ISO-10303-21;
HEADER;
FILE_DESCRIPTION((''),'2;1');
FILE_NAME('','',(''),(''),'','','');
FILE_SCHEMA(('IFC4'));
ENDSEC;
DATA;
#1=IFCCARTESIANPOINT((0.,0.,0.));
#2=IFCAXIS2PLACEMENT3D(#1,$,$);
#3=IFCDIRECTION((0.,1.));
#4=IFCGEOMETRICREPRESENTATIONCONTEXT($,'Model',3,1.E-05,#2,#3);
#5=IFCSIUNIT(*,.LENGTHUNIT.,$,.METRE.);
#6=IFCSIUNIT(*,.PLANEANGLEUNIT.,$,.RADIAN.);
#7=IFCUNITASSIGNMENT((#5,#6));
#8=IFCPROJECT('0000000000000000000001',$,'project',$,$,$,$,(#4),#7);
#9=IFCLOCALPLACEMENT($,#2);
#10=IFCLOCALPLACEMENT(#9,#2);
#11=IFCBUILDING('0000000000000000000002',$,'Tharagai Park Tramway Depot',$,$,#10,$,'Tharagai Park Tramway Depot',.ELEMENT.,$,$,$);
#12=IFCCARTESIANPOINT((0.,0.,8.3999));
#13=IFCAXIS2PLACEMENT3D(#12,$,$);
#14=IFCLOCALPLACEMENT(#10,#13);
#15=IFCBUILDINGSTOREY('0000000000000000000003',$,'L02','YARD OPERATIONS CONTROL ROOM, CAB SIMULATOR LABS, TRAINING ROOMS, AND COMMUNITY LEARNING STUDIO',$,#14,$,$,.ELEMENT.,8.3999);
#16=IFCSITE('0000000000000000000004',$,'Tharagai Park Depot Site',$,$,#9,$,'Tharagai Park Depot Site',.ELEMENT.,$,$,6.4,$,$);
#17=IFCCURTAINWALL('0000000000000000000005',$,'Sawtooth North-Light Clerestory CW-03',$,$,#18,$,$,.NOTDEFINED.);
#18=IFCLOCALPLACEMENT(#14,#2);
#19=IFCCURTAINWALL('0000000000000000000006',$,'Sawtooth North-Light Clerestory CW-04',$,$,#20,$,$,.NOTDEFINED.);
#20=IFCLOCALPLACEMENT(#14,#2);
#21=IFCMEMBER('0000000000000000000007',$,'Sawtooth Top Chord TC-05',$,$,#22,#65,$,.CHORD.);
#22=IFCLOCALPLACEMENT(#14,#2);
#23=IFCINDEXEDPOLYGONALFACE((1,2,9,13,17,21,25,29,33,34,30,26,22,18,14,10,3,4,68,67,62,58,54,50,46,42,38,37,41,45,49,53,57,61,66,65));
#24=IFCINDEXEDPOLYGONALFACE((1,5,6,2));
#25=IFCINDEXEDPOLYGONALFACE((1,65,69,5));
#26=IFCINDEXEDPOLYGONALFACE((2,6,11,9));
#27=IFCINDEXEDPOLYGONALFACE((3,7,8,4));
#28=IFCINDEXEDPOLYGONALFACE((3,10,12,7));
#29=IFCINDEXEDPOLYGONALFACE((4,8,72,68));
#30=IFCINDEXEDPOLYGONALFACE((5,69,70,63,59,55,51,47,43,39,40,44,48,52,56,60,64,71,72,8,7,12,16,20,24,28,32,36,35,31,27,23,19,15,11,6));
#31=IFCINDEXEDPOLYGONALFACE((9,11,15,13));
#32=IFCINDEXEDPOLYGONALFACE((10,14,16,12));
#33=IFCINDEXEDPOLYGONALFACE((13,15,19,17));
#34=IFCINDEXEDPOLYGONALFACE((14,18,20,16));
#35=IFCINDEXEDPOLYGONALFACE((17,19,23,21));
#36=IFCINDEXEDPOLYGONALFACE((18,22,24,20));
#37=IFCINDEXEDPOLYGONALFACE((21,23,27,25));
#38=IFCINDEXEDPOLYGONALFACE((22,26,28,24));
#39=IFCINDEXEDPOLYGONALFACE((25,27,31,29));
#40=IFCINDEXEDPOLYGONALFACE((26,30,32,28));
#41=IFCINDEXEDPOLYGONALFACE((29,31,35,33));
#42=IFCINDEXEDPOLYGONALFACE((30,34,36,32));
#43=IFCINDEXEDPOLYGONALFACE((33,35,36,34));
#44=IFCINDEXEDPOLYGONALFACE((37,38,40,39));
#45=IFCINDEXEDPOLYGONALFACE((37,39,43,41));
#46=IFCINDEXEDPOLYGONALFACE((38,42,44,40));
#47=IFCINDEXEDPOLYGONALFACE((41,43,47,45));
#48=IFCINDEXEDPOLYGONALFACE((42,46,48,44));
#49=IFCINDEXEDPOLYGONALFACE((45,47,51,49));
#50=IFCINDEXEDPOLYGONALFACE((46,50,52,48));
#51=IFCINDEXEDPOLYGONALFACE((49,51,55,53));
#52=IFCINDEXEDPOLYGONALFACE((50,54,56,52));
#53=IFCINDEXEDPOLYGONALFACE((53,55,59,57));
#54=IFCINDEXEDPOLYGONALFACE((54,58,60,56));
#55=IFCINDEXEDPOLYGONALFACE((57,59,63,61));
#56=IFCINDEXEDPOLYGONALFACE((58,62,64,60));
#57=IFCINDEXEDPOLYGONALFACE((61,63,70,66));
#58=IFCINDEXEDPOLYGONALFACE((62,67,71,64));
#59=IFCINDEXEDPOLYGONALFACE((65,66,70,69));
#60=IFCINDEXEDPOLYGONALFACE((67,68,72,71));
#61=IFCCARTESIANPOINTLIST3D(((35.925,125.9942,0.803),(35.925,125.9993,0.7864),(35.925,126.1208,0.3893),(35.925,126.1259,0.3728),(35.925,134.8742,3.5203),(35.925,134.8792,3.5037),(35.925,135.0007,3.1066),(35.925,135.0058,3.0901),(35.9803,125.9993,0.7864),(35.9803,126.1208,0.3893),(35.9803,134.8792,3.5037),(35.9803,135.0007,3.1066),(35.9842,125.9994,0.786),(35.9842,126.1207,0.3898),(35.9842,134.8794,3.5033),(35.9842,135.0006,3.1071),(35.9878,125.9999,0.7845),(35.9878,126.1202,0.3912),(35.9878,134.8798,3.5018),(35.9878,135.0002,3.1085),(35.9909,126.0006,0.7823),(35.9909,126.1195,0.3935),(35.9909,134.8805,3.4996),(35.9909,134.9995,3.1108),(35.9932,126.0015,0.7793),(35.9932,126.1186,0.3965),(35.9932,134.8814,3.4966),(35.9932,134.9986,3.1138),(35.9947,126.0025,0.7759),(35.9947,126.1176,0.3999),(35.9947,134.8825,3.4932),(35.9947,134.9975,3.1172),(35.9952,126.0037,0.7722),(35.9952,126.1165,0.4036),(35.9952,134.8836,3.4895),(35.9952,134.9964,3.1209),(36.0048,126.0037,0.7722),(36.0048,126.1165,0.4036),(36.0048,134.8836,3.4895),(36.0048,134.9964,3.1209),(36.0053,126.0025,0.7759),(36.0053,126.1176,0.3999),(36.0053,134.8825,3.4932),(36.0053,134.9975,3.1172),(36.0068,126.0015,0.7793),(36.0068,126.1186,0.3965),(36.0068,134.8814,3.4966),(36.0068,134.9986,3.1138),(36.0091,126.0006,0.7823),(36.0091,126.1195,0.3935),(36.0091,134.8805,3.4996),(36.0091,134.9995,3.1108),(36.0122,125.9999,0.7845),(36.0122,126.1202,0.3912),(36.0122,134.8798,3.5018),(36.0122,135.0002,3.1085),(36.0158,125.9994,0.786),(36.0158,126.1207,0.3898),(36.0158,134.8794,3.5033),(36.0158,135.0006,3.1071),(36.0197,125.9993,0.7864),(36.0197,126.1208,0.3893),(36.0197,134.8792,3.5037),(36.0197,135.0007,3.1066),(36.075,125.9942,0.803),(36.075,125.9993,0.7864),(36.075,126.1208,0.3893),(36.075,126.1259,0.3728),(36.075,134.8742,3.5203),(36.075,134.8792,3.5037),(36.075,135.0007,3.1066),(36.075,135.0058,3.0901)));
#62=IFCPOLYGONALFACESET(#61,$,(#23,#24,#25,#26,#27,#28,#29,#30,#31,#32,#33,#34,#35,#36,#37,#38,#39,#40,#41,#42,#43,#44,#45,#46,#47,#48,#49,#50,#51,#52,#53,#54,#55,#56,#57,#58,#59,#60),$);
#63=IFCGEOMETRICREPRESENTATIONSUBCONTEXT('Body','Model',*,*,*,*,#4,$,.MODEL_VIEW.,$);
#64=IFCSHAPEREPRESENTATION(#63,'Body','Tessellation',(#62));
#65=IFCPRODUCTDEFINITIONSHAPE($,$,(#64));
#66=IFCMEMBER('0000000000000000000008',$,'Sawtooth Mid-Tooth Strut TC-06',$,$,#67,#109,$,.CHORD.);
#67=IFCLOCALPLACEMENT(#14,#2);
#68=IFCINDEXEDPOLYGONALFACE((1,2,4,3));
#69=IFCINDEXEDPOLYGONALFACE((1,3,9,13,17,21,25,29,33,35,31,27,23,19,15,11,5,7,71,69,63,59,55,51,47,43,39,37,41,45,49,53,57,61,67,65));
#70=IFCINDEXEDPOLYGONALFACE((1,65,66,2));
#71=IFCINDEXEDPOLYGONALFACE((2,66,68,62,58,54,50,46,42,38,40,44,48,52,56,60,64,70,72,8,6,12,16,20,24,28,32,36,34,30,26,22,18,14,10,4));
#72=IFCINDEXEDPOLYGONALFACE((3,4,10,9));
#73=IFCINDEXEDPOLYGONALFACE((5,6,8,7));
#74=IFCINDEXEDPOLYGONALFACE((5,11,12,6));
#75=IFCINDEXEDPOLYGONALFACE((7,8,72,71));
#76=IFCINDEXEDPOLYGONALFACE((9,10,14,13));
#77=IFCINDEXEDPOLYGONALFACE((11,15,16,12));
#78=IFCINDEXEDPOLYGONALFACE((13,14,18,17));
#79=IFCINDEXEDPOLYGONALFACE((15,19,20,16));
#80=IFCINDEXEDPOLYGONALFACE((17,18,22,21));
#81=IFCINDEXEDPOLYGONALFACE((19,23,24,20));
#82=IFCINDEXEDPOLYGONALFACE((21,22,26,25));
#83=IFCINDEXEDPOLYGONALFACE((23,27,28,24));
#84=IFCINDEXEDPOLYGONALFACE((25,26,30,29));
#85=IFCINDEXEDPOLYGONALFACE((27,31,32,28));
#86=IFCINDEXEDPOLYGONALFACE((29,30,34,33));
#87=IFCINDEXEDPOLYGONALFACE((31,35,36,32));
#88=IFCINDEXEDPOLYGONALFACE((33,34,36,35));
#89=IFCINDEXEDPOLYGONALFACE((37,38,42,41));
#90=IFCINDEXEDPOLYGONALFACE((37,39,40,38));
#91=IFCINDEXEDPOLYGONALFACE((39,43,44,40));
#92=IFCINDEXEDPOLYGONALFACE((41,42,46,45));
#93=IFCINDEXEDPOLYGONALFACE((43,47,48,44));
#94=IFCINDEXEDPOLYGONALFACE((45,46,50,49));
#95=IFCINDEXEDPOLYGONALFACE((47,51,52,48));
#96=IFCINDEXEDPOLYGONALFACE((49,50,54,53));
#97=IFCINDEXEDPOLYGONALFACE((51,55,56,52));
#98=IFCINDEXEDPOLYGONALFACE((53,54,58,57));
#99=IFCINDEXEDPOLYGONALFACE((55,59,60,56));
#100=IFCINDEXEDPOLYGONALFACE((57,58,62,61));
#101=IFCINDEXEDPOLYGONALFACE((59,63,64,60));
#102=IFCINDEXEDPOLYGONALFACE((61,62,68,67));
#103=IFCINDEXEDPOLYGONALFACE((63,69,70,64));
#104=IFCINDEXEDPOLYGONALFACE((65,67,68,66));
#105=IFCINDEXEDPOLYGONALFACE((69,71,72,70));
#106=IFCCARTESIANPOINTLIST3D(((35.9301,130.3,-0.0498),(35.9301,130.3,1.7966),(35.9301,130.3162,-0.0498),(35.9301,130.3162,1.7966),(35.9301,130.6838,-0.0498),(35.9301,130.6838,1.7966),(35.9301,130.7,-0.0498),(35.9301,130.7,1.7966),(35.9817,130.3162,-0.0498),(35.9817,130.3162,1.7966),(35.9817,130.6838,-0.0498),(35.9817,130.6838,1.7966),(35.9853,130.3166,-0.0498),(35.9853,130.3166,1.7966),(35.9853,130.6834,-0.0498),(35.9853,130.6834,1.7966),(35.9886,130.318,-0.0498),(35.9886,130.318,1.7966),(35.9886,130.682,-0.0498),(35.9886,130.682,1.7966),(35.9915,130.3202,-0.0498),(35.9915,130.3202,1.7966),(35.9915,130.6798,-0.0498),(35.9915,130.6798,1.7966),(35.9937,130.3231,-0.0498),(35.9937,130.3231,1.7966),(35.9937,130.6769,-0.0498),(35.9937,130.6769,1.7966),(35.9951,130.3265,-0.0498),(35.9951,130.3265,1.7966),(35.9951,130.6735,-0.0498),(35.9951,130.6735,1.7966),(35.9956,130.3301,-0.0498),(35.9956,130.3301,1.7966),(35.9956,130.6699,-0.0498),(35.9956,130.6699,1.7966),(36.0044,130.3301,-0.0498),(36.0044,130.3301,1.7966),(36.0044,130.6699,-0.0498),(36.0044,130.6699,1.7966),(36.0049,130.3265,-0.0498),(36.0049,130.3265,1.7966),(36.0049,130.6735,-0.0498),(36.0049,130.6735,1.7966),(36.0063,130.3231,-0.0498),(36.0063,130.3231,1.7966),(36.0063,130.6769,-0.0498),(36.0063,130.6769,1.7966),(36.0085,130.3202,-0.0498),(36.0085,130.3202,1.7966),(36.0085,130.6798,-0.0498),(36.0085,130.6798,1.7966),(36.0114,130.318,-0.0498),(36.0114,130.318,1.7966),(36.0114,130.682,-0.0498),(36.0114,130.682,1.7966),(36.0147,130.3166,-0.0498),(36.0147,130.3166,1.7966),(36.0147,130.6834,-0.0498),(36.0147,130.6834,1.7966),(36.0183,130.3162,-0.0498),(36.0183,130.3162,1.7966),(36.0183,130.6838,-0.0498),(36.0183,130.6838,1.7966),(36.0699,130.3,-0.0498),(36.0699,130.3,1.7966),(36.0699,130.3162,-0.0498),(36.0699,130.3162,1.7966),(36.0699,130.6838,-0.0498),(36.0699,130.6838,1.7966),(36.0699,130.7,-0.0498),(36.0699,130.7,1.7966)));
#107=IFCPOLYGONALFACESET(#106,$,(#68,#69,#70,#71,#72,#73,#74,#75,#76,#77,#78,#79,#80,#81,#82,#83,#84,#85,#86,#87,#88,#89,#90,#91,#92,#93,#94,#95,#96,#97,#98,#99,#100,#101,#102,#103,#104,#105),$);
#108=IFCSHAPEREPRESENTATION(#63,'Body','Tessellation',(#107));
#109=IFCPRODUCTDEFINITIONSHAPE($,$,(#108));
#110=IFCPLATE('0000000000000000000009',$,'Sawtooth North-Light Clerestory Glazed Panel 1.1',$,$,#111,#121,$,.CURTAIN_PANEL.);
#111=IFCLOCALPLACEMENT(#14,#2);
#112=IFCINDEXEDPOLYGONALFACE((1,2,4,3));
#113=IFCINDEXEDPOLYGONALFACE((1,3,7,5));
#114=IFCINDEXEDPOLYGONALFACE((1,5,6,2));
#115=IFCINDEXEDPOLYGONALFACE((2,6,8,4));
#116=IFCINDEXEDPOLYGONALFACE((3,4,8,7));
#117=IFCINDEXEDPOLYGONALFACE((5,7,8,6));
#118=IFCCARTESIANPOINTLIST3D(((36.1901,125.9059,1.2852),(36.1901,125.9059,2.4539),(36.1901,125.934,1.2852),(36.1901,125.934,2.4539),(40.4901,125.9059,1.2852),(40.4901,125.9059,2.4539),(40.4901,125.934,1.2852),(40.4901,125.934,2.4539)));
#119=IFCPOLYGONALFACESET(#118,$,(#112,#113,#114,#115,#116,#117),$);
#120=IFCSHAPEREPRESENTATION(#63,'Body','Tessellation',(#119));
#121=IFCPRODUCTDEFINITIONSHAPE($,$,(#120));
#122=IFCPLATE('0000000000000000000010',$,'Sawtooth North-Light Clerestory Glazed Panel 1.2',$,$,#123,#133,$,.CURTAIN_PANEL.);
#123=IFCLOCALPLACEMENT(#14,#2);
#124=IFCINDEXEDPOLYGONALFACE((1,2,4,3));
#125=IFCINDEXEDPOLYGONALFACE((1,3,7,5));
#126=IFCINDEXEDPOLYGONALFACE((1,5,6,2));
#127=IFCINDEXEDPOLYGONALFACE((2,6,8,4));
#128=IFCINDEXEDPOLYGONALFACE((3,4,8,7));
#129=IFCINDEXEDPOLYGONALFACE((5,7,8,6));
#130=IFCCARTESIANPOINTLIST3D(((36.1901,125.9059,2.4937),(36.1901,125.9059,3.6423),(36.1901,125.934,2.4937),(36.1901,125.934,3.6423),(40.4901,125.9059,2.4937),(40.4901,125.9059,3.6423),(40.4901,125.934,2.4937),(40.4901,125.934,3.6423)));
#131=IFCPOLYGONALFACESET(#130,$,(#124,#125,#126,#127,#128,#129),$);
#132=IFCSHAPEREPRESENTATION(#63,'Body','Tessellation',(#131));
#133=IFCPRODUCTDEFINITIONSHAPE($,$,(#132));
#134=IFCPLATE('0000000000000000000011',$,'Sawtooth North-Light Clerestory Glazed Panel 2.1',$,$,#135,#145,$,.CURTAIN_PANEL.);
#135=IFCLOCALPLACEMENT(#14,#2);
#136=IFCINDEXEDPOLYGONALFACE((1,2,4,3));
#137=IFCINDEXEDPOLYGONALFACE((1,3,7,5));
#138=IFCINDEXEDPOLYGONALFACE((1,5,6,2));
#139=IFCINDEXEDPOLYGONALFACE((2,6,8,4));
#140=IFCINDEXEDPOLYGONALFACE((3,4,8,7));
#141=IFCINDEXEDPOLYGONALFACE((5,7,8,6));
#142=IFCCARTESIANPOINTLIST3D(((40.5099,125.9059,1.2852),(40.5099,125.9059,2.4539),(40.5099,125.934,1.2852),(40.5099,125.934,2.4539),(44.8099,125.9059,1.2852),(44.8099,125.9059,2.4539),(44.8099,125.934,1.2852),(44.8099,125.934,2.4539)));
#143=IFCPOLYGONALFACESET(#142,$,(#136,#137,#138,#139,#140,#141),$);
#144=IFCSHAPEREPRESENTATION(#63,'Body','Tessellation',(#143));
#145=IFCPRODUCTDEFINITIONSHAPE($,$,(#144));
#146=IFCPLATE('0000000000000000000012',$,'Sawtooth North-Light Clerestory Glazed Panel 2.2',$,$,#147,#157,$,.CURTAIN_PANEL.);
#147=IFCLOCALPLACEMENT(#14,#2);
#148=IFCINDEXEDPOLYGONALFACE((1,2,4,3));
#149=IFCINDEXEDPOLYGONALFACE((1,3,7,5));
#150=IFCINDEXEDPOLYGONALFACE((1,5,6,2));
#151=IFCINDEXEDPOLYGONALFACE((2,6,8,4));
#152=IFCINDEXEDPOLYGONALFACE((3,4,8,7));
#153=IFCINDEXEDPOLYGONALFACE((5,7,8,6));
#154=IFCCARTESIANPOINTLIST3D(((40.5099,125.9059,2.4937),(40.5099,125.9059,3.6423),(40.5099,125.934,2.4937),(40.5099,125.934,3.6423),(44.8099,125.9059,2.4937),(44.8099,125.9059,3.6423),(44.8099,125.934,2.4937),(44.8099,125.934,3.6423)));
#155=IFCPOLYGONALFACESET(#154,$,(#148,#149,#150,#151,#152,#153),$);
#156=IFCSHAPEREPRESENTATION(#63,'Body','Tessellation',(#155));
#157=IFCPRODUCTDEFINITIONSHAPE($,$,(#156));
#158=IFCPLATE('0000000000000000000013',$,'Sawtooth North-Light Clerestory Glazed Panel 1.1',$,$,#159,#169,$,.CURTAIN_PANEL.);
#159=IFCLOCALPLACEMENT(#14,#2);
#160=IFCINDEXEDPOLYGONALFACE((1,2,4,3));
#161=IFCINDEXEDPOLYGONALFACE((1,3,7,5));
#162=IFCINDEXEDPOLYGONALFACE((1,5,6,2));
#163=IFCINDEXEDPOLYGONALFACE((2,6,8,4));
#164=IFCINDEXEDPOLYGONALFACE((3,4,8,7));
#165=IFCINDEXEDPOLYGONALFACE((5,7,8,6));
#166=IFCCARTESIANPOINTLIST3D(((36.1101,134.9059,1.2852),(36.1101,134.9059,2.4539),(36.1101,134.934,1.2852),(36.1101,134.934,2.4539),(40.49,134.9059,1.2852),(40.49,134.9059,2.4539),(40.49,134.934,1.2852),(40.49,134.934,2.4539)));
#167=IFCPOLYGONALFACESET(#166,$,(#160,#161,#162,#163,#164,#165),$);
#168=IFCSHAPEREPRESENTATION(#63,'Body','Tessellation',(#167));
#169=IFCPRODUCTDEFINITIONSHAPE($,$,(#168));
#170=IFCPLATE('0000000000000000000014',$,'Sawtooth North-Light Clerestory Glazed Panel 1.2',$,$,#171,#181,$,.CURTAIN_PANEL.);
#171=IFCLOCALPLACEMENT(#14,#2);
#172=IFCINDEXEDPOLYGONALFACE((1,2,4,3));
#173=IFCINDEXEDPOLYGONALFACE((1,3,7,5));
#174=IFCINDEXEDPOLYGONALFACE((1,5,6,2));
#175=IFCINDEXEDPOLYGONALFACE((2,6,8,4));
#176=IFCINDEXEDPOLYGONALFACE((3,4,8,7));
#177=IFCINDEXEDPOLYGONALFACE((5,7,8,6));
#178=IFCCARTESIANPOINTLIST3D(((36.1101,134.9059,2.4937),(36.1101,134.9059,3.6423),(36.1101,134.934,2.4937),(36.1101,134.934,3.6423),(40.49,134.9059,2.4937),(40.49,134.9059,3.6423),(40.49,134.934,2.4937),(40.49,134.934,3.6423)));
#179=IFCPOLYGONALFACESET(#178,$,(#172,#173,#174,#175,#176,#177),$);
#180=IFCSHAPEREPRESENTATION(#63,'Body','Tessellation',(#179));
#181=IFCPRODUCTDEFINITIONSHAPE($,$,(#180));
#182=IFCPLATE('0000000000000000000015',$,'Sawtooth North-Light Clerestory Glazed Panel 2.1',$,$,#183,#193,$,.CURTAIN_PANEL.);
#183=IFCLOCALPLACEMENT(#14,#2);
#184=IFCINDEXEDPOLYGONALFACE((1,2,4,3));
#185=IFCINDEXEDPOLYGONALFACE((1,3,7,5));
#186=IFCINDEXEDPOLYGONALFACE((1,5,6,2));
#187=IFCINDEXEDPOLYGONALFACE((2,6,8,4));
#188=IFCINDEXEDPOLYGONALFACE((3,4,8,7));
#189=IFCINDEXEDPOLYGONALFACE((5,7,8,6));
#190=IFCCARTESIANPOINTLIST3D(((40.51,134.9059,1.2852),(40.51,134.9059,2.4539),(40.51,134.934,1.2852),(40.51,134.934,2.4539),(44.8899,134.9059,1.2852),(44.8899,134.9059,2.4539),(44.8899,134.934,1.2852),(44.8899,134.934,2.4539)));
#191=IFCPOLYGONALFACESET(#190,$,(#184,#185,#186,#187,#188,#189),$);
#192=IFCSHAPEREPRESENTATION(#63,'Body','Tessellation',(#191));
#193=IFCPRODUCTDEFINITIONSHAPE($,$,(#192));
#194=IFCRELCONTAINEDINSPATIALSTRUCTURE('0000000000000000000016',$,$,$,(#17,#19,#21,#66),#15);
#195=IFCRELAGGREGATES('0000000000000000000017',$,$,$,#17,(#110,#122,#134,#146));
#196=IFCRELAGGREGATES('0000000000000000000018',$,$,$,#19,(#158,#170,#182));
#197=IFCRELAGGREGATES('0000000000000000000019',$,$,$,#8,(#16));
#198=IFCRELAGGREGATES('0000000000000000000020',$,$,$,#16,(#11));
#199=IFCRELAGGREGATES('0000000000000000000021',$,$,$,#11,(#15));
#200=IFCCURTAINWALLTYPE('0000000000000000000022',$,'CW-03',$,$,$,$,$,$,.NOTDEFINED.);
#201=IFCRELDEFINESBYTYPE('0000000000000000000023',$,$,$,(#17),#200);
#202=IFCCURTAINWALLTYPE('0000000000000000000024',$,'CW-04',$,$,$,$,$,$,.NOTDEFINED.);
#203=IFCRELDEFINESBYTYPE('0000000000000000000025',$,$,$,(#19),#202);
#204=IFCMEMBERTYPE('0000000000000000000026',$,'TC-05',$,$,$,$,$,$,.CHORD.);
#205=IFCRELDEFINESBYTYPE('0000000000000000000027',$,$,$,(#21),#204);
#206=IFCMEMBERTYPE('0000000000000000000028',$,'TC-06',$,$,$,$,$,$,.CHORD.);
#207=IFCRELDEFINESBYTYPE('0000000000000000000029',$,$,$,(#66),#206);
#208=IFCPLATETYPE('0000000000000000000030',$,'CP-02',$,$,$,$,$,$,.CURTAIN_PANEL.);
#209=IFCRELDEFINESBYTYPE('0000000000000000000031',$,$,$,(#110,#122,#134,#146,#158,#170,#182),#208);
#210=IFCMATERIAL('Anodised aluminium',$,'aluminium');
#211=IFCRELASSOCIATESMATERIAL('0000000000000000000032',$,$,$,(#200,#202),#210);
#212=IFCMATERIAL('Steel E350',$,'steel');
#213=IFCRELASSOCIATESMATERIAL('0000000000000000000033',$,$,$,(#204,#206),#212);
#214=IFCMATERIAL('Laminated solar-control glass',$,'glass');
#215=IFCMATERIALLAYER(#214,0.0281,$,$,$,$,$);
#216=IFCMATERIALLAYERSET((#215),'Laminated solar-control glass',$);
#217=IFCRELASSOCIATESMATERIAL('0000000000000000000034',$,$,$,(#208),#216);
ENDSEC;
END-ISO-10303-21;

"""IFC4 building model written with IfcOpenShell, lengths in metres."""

from ifc_helpers import new_model, si_unit, direction, frame, origin, origin_2d, place, context, subcontext, project, spatial, rectangle, i_section, extrude, material, layer, layer_set, material_profile, profile_set, type_object, element, aggregate, save


model = new_model("IFC4")

# Units and contexts
model_context = context("Model", 3, precision=1e-05, world=origin(), true_north=direction((0.0, 1.0)))
body_context = subcontext(model_context, "Body", "Model", "MODEL_VIEW")
ifc_project = project(units=[si_unit("LENGTHUNIT", "METRE"), si_unit("PLANEANGLEUNIT", "RADIAN")], contexts=[model_context])

# Site, building, storey
site_placement = place(None, origin())
site = spatial("IfcSite", under=ifc_project, at=site_placement, Name="Tharagai Park Depot Site", LongName="Tharagai Park Depot Site", CompositionType="ELEMENT", RefElevation=6.4)
building_placement = place(site_placement, origin())
building = spatial("IfcBuilding", under=site, at=building_placement, Name="Tharagai Park Tramway Depot", LongName="Tharagai Park Tramway Depot", CompositionType="ELEMENT")
storey_placement = place(building_placement, frame((0.0, 0.0, 8.3999)))
storey = spatial("IfcBuildingStorey", under=building, at=storey_placement, Name="L02", Description="YARD OPERATIONS CONTROL ROOM, CAB SIMULATOR LABS, TRAINING ROOMS, AND COMMUNITY LEARNING STUDIO", CompositionType="ELEMENT", Elevation=8.3999)

# Shared definitions
ifc_material_1 = material(Name="Steel E350", Category="steel")

# Curtain walls
ifc_material_2 = material(Name="Anodised aluminium", Category="aluminium")
curtain_wall_type_1 = type_object("IfcCurtainWallType", Name="CW-03", PredefinedType="NOTDEFINED", material=ifc_material_2)
curtain_wall_1_placement = place(storey_placement, origin())
curtain_wall_1 = element("IfcCurtainWall", 1, at=curtain_wall_1_placement, inside=storey, type_object=curtain_wall_type_1, Name="Sawtooth North-Light Clerestory CW-03", PredefinedType="NOTDEFINED")
curtain_wall_type_2 = type_object("IfcCurtainWallType", Name="CW-04", PredefinedType="NOTDEFINED", material=ifc_material_2)
curtain_wall_2_placement = place(storey_placement, origin())
curtain_wall_2 = element("IfcCurtainWall", 2, at=curtain_wall_2_placement, inside=storey, type_object=curtain_wall_type_2, Name="Sawtooth North-Light Clerestory CW-04", PredefinedType="NOTDEFINED")

# Members
ifc_material_profile_1 = material_profile(ifc_material_1, i_section(OverallWidth=0.1499, OverallDepth=0.45, WebThickness=0.0095, FlangeThickness=0.0173, FilletRadius=0.0149, at=origin_2d()), Name="ISMB 450")
ifc_profile_set_1 = profile_set([ifc_material_profile_1], Name="Steel E350")
member_type_1 = type_object("IfcMemberType", Name="TC-05", PredefinedType="CHORD", material=ifc_profile_set_1)
member_1_placement = place(storey_placement, frame((36.0, 126.0601, 0.5879), z_axis=(0.0, 0.956231, 0.292611), x_axis=(-1.0, 0.0, 0.0)))
element("IfcMember", 3, at=member_1_placement, inside=storey, type_object=member_type_1, Name="Sawtooth Top Chord TC-05", PredefinedType="CHORD", context=body_context, shape_type="SweptSolid", body=[
    extrude(i_section(OverallWidth=0.1499, OverallDepth=0.45, WebThickness=0.0095, FlangeThickness=0.0173, FilletRadius=0.0149, at=origin_2d()), origin(), (0.0, 0.0, 1.0), 9.2864),
])
ifc_material_profile_2 = material_profile(ifc_material_1, i_section(OverallWidth=0.1399, OverallDepth=0.3999, WebThickness=0.0088, FlangeThickness=0.0161, FilletRadius=0.0139, at=origin_2d()), Name="ISMB 400")
ifc_profile_set_2 = profile_set([ifc_material_profile_2], Name="Steel E350")
member_type_2 = type_object("IfcMemberType", Name="TC-06", PredefinedType="CHORD", material=ifc_profile_set_2)
member_2_placement = place(storey_placement, frame((36.0, 130.5, -0.0498), z_axis=(0.0, 0.0, 1.0), x_axis=(1.0, 0.0, 0.0)))
element("IfcMember", 4, at=member_2_placement, inside=storey, type_object=member_type_2, Name="Sawtooth Mid-Tooth Strut TC-06", PredefinedType="CHORD", context=body_context, shape_type="SweptSolid", body=[
    extrude(i_section(OverallWidth=0.1399, OverallDepth=0.3999, WebThickness=0.0088, FlangeThickness=0.0161, FilletRadius=0.0139, at=origin_2d()), origin(), (0.0, 0.0, 1.0), 1.8464),
])

# Plates
ifc_material_3 = material(Name="Laminated solar-control glass", Category="glass")
ifc_layer_1 = layer(ifc_material_3, 0.0281)
ifc_layer_set_1 = layer_set([ifc_layer_1], Name="Laminated solar-control glass")
plate_type = type_object("IfcPlateType", Name="CP-02", PredefinedType="CURTAIN_PANEL", material=ifc_layer_set_1)
plate_1_placement = place(storey_placement, frame((38.3401, 125.9199, 1.2852), z_axis=(0.0, 0.0, 1.0), x_axis=(1.0, 0.0, 0.0)))
plate_1 = element("IfcPlate", 5, at=plate_1_placement, type_object=plate_type, Name="Sawtooth North-Light Clerestory Glazed Panel 1.1", PredefinedType="CURTAIN_PANEL", context=body_context, shape_type="SweptSolid", body=[
    extrude(rectangle(XDim=4.3, YDim=0.0281, at=origin_2d()), origin(), (0.0, 0.0, 1.0), 1.1687),
])
plate_2_placement = place(storey_placement, frame((38.3401, 125.9199, 2.4937), z_axis=(0.0, 0.0, 1.0), x_axis=(1.0, 0.0, 0.0)))
plate_2 = element("IfcPlate", 6, at=plate_2_placement, type_object=plate_type, Name="Sawtooth North-Light Clerestory Glazed Panel 1.2", PredefinedType="CURTAIN_PANEL", context=body_context, shape_type="SweptSolid", body=[
    extrude(rectangle(XDim=4.3, YDim=0.0281, at=origin_2d()), origin(), (0.0, 0.0, 1.0), 1.1487),
])
plate_3_placement = place(storey_placement, frame((42.6599, 125.9199, 1.2852), z_axis=(0.0, 0.0, 1.0), x_axis=(1.0, 0.0, 0.0)))
plate_3 = element("IfcPlate", 7, at=plate_3_placement, type_object=plate_type, Name="Sawtooth North-Light Clerestory Glazed Panel 2.1", PredefinedType="CURTAIN_PANEL", context=body_context, shape_type="SweptSolid", body=[
    extrude(rectangle(XDim=4.3, YDim=0.0281, at=origin_2d()), origin(), (0.0, 0.0, 1.0), 1.1687),
])
plate_4_placement = place(storey_placement, frame((42.6599, 125.9199, 2.4937), z_axis=(0.0, 0.0, 1.0), x_axis=(1.0, 0.0, 0.0)))
plate_4 = element("IfcPlate", 8, at=plate_4_placement, type_object=plate_type, Name="Sawtooth North-Light Clerestory Glazed Panel 2.2", PredefinedType="CURTAIN_PANEL", context=body_context, shape_type="SweptSolid", body=[
    extrude(rectangle(XDim=4.3, YDim=0.0281, at=origin_2d()), origin(), (0.0, 0.0, 1.0), 1.1487),
])
aggregate(curtain_wall_1, [plate_1, plate_2, plate_3, plate_4])
plate_5_placement = place(storey_placement, frame((38.3, 134.9199, 1.2852), z_axis=(0.0, 0.0, 1.0), x_axis=(1.0, 0.0, 0.0)))
plate_5 = element("IfcPlate", 9, at=plate_5_placement, type_object=plate_type, Name="Sawtooth North-Light Clerestory Glazed Panel 1.1", PredefinedType="CURTAIN_PANEL", context=body_context, shape_type="SweptSolid", body=[
    extrude(rectangle(XDim=4.3799, YDim=0.0281, at=origin_2d()), origin(), (0.0, 0.0, 1.0), 1.1687),
])
plate_6_placement = place(storey_placement, frame((38.3, 134.9199, 2.4937), z_axis=(0.0, 0.0, 1.0), x_axis=(1.0, 0.0, 0.0)))
plate_6 = element("IfcPlate", 10, at=plate_6_placement, type_object=plate_type, Name="Sawtooth North-Light Clerestory Glazed Panel 1.2", PredefinedType="CURTAIN_PANEL", context=body_context, shape_type="SweptSolid", body=[
    extrude(rectangle(XDim=4.3799, YDim=0.0281, at=origin_2d()), origin(), (0.0, 0.0, 1.0), 1.1487),
])
plate_7_placement = place(storey_placement, frame((42.7, 134.9199, 1.2852), z_axis=(0.0, 0.0, 1.0), x_axis=(1.0, 0.0, 0.0)))
plate_7 = element("IfcPlate", 11, at=plate_7_placement, type_object=plate_type, Name="Sawtooth North-Light Clerestory Glazed Panel 2.1", PredefinedType="CURTAIN_PANEL", context=body_context, shape_type="SweptSolid", body=[
    extrude(rectangle(XDim=4.3799, YDim=0.0281, at=origin_2d()), origin(), (0.0, 0.0, 1.0), 1.1687),
])
aggregate(curtain_wall_2, [plate_5, plate_6, plate_7])

save(model, "model.ifc")
